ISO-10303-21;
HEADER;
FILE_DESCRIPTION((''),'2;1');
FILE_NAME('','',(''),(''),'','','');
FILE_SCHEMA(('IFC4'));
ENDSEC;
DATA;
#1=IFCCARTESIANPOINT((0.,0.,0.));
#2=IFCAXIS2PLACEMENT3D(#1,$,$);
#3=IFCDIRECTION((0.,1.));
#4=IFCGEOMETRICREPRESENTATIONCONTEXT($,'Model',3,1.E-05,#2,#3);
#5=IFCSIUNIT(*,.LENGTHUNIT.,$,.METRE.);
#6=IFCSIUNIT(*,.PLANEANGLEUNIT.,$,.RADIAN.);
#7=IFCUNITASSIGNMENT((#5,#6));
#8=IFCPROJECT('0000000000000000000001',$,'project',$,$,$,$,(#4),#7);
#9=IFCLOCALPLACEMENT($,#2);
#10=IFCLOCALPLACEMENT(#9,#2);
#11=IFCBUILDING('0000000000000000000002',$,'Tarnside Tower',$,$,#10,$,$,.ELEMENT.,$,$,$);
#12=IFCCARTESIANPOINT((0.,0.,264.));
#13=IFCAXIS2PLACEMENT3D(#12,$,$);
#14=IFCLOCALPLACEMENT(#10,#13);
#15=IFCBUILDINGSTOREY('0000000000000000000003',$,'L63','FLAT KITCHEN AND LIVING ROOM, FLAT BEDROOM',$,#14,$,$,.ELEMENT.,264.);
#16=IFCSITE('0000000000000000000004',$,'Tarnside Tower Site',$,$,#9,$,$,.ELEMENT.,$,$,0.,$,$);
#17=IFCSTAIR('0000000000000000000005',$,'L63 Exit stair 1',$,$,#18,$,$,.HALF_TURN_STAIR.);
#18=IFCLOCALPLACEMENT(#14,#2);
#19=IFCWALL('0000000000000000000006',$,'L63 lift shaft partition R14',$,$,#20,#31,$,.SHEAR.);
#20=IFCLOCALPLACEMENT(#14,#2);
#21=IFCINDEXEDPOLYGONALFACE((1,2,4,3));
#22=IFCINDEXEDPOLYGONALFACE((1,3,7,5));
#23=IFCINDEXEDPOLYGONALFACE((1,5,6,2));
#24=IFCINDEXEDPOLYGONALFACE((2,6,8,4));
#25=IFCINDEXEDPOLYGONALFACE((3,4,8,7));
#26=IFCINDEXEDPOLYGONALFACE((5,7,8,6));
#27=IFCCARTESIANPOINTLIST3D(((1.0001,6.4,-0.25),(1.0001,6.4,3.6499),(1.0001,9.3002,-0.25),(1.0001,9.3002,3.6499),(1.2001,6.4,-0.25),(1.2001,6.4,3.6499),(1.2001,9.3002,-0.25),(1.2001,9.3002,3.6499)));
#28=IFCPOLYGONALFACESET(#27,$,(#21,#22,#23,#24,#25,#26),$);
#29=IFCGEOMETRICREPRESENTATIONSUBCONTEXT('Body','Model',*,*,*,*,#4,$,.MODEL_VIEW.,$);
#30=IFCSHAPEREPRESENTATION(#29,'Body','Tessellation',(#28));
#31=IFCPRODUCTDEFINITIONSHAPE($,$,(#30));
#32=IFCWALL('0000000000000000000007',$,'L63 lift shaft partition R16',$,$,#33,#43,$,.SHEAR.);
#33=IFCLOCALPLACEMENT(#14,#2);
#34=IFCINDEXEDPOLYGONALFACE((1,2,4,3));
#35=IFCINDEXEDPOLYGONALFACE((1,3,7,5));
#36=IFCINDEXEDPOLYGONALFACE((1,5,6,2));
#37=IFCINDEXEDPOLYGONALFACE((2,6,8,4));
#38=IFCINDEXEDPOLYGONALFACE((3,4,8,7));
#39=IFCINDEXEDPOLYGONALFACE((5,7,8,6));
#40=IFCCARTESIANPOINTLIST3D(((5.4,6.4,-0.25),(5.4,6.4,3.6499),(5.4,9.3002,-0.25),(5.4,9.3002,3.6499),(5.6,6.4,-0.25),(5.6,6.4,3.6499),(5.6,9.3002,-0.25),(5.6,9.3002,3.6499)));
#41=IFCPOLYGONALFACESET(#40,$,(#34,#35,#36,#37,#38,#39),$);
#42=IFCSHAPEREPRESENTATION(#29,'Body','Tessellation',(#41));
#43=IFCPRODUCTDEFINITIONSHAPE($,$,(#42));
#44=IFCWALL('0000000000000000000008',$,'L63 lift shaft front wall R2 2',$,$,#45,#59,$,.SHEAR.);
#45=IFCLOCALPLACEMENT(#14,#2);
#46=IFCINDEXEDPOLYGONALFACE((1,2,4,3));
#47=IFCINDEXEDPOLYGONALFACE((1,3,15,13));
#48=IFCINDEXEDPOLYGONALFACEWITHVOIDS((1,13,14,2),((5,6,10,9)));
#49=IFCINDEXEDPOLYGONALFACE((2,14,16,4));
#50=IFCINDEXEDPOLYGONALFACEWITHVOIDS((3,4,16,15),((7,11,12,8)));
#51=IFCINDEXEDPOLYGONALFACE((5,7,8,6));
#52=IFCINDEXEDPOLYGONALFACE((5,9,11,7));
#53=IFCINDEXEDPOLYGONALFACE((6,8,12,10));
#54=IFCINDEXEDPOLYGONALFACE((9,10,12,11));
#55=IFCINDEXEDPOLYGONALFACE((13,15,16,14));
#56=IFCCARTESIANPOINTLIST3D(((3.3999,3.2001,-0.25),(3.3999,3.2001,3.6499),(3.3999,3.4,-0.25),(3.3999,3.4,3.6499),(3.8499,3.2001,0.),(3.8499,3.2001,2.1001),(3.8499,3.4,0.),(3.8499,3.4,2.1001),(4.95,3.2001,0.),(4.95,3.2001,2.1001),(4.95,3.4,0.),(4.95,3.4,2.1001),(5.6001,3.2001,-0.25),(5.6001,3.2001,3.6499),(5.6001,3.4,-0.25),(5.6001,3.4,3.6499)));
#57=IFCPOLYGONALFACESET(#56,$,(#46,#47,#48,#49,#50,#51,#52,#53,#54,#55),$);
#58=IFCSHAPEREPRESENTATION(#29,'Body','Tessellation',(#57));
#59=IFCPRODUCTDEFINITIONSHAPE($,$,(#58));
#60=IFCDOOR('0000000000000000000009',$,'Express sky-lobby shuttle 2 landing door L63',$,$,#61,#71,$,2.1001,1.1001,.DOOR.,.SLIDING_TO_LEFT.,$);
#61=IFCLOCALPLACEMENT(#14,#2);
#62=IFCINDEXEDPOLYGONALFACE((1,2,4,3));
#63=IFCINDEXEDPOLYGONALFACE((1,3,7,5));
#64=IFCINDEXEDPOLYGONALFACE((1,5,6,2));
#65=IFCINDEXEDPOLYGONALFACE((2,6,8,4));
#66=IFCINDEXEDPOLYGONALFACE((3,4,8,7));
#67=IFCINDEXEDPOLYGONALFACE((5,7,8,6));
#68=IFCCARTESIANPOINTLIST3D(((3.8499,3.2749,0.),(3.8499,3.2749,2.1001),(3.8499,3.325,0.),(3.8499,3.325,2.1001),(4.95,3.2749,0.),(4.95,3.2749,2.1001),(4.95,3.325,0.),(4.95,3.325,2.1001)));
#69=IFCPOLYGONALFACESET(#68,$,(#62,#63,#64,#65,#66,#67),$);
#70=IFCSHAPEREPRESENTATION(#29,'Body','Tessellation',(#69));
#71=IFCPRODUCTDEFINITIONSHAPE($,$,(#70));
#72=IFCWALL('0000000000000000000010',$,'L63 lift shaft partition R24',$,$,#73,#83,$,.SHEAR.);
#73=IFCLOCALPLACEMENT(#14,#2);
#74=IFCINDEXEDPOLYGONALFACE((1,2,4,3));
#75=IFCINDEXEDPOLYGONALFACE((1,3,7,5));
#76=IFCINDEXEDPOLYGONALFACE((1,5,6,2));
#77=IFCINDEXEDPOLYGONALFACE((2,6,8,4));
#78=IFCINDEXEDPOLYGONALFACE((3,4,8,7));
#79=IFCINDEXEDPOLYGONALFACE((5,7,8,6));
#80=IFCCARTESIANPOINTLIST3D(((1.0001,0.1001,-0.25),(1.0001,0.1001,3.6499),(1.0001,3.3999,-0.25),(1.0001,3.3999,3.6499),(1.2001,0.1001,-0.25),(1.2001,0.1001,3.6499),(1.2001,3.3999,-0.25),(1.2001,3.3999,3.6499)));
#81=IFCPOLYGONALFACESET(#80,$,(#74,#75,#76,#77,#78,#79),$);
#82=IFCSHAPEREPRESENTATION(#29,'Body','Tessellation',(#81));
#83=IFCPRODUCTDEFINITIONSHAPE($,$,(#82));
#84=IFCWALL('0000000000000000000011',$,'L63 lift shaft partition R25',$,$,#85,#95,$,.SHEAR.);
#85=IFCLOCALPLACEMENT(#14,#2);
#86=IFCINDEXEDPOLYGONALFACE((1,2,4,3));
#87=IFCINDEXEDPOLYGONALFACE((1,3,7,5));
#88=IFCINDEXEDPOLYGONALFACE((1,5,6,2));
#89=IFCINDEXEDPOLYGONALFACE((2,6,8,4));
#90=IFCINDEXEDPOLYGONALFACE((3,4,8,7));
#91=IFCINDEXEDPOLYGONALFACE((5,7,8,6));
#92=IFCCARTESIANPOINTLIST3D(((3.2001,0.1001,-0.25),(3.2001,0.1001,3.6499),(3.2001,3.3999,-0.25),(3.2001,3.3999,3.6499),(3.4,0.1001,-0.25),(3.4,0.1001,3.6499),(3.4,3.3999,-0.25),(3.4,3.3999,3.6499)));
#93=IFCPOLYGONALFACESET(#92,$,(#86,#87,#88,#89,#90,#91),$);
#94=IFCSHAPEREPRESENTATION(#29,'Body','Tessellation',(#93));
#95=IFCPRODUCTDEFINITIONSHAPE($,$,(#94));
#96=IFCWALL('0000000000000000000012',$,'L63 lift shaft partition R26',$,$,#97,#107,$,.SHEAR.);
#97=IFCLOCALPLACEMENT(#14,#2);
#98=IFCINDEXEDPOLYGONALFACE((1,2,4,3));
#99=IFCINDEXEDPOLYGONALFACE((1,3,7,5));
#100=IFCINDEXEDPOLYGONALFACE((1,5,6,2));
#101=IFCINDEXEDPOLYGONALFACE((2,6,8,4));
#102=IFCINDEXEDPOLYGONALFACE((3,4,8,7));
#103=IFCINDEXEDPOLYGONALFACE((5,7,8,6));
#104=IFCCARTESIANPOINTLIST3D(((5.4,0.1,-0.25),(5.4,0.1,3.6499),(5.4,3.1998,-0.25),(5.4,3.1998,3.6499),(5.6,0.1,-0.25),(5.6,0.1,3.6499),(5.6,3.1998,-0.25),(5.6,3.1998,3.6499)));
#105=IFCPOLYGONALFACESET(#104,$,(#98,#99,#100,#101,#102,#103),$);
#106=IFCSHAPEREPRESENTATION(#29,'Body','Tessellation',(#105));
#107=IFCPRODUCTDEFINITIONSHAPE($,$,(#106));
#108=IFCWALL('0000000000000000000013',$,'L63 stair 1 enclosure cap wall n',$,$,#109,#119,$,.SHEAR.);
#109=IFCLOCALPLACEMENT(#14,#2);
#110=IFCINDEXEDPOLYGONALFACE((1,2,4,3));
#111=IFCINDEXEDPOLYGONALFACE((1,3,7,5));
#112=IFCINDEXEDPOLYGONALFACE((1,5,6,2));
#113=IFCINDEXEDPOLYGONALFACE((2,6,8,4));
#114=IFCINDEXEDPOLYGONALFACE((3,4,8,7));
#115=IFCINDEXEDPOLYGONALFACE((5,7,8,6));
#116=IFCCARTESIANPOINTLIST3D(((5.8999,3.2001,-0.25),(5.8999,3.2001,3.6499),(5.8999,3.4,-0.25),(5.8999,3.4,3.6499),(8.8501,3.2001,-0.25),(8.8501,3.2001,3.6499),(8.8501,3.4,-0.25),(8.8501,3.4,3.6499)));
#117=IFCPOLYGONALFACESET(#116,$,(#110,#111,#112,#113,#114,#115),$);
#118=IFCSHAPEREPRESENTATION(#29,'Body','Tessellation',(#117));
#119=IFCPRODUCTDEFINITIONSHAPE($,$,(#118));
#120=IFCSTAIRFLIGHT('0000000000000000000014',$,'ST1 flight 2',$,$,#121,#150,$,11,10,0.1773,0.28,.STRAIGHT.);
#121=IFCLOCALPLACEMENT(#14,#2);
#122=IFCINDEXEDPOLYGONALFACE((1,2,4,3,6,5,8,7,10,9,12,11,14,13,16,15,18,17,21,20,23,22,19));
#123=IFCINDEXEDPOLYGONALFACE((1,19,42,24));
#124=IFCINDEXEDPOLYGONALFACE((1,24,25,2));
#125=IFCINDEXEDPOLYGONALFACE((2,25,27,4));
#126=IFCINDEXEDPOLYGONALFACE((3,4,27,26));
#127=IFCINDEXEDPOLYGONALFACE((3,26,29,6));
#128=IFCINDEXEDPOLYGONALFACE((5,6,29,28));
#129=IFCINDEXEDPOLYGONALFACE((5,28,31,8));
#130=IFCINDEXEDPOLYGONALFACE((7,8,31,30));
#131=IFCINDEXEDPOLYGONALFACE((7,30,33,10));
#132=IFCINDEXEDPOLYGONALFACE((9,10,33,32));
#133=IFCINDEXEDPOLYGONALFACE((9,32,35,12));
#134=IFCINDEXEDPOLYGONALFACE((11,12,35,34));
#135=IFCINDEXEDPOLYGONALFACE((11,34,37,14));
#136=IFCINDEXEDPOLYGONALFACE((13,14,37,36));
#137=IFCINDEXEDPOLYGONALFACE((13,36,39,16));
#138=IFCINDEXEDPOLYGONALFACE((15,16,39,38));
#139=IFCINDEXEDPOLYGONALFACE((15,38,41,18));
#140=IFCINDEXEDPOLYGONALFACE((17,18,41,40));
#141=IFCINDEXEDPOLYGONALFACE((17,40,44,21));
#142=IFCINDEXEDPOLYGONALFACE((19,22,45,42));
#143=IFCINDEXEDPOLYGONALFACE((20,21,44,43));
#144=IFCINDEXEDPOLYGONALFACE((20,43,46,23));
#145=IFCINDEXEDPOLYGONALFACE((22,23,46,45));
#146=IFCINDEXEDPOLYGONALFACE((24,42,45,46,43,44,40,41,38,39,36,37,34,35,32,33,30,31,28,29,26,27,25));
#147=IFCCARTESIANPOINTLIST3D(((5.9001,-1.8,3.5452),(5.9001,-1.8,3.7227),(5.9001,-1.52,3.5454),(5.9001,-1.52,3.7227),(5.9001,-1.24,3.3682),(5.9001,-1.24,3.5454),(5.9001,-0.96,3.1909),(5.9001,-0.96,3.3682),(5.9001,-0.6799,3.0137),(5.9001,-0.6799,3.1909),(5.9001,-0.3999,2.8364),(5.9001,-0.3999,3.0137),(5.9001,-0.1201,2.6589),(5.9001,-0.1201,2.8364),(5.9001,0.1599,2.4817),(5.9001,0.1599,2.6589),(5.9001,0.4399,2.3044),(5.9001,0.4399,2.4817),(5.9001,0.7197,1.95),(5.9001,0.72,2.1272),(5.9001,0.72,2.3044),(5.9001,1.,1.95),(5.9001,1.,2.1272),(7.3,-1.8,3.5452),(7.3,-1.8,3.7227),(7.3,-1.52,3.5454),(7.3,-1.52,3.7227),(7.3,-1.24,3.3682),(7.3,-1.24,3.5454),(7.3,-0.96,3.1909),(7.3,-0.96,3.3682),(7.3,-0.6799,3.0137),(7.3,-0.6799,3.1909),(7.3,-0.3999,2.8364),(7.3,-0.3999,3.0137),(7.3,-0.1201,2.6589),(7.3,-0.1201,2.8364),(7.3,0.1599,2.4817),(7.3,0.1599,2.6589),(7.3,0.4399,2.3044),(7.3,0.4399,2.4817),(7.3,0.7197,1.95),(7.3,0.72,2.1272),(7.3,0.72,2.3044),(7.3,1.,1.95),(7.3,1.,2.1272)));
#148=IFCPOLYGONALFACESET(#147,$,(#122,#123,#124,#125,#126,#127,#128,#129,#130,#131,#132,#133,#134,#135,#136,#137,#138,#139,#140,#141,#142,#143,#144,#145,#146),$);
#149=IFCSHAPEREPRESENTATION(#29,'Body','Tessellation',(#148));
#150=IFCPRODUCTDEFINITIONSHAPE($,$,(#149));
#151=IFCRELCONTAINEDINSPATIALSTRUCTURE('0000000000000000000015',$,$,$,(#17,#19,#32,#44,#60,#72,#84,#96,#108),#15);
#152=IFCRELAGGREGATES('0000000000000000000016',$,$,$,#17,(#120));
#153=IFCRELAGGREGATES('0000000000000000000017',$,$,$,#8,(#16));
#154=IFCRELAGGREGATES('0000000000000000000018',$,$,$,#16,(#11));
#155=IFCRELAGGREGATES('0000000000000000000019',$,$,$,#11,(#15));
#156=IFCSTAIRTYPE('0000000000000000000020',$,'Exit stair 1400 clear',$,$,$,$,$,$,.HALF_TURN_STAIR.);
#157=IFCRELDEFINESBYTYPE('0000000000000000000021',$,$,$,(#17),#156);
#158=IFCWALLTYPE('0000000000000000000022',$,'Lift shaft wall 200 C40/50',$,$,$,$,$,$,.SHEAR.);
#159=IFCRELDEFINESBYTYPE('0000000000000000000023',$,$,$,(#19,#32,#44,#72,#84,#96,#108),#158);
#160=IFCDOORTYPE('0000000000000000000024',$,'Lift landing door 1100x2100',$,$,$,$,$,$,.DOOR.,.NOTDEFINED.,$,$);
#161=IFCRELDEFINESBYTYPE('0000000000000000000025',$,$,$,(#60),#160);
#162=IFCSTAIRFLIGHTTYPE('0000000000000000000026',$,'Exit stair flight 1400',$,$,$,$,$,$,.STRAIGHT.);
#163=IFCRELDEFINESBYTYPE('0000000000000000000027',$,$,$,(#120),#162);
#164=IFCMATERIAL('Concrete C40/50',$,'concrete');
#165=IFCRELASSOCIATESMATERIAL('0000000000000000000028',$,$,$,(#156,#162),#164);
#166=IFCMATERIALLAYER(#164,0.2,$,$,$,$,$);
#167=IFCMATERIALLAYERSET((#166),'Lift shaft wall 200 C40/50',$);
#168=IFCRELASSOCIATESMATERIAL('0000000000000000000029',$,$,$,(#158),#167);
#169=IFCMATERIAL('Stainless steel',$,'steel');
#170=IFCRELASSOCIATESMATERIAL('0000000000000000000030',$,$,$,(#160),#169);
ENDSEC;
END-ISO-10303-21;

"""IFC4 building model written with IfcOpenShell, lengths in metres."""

from ifc_helpers import new_model, si_unit, direction, frame, frame_2d, origin, place, context, subcontext, project, spatial, polyline, rectangle, outline, extrude, material, layer, layer_set, type_object, element, fill, aggregate, save


model = new_model("IFC4")

# Units and contexts
model_context = context("Model", 3, precision=1e-05, world=origin(), true_north=direction((0.0, 1.0)))
body_context = subcontext(model_context, "Body", "Model", "MODEL_VIEW")
ifc_project = project(units=[si_unit("LENGTHUNIT", "METRE"), si_unit("PLANEANGLEUNIT", "RADIAN")], contexts=[model_context])

# Site, building, storey
site_placement = place(None, origin())
site = spatial("IfcSite", under=ifc_project, at=site_placement, Name="Tarnside Tower Site", CompositionType="ELEMENT", RefElevation=0.0)
building_placement = place(site_placement, origin())
building = spatial("IfcBuilding", under=site, at=building_placement, Name="Tarnside Tower", CompositionType="ELEMENT")
storey_placement = place(building_placement, frame((0.0, 0.0, 264.0)))
storey = spatial("IfcBuildingStorey", under=building, at=storey_placement, Name="L63", Description="FLAT KITCHEN AND LIVING ROOM, FLAT BEDROOM", CompositionType="ELEMENT", Elevation=264.0)

# Shared definitions
ifc_material_1 = material(Name="Concrete C40/50", Category="concrete")

# Stair
stair_type = type_object("IfcStairType", Name="Exit stair 1400 clear", PredefinedType="HALF_TURN_STAIR", material=ifc_material_1)
stair_1_placement = place(storey_placement, origin())
stair_1 = element("IfcStair", 1, at=stair_1_placement, inside=storey, type_object=stair_type, Name="L63 Exit stair 1", PredefinedType="HALF_TURN_STAIR")

# Walls
ifc_layer_1 = layer(ifc_material_1, 0.2)
ifc_layer_set_1 = layer_set([ifc_layer_1], Name="Lift shaft wall 200 C40/50")
wall_type_1 = type_object("IfcWallType", Name="Lift shaft wall 200 C40/50", PredefinedType="SHEAR", material=ifc_layer_set_1)
for number, where, z_axis, x_axis, name in (
    (2, (1.1001, 6.3999, -0.25), (0.0, 0.0, 1.0), (0.0, 1.0, 0.0), "L63 lift shaft partition R14"),
    (3, (5.5, 6.3999, -0.25), (0.0, 0.0, 1.0), (0.0, 1.0, 0.0), "L63 lift shaft partition R16"),
):
    element("IfcWall", number, at=place(storey_placement, frame(where, z_axis=z_axis, x_axis=x_axis)), inside=storey, type_object=wall_type_1, Name=name, PredefinedType="SHEAR", context=body_context, shape_type="SweptSolid", body=[
        extrude(rectangle(XDim=2.9001, YDim=0.2, at=frame_2d((1.4502, 0.0))), origin(), (0.0, 0.0, 1.0), 3.8999),
    ])

# Wall, opening, door
wall_1_placement = place(storey_placement, frame((3.3999, 3.3, -0.25), z_axis=(0.0, 0.0, 1.0), x_axis=(1.0, 0.0, 0.0)))
wall_1 = element("IfcWall", 4, at=wall_1_placement, inside=storey, type_object=wall_type_1, Name="L63 lift shaft front wall R2 2", PredefinedType="SHEAR", context=body_context, shape_type="SweptSolid", body=[
    extrude(rectangle(XDim=2.2002, YDim=0.2, at=frame_2d((1.1001, 0.0))), origin(), (0.0, 0.0, 1.0), 3.8999),
])
opening_1_placement = place(wall_1_placement, frame((0.45, 0.0, 0.25)))
opening_1 = element("IfcOpeningElement", 5, at=opening_1_placement, cuts=wall_1, PredefinedType="OPENING", context=body_context, shape_type="SweptSolid", body=[
    extrude(rectangle(XDim=1.1001, YDim=2.1001, at=frame_2d((0.55, 1.05))), frame((0.0, 0.1099, 0.0), z_axis=(0.0, -1.0, 0.0), x_axis=(1.0, 0.0, 0.0)), (0.0, 0.0, 1.0), 0.22),
])
ifc_material_2 = material(Name="Stainless steel", Category="steel")
door_type_1 = type_object("IfcDoorType", Name="Lift landing door 1100x2100", OperationType="NOTDEFINED", PredefinedType="DOOR", material=ifc_material_2)
door_1_placement = place(opening_1_placement, origin())
door_1 = element("IfcDoor", 6, at=door_1_placement, inside=storey, type_object=door_type_1, Name="Express sky-lobby shuttle 2 landing door L63", OperationType="SLIDING_TO_LEFT", OverallHeight=2.1001, OverallWidth=1.1001, PredefinedType="DOOR", context=body_context, shape_type="SweptSolid", body=[
    extrude(rectangle(XDim=1.1001, YDim=2.1001, at=frame_2d((0.55, 1.05))), frame((0.0, 0.0249, 0.0), z_axis=(0.0, -1.0, 0.0), x_axis=(1.0, 0.0, 0.0)), (0.0, 0.0, 1.0), 0.05),
])
fill(opening_1, door_1)

# Walls
for number, where, z_axis, x_axis, name in (
    (7, (1.1001, 0.1001, -0.25), (0.0, 0.0, 1.0), (0.0, 1.0, 0.0), "L63 lift shaft partition R24"),
    (8, (3.3, 0.1001, -0.25), (0.0, 0.0, 1.0), (0.0, 1.0, 0.0), "L63 lift shaft partition R25"),
):
    element("IfcWall", number, at=place(storey_placement, frame(where, z_axis=z_axis, x_axis=x_axis)), inside=storey, type_object=wall_type_1, Name=name, PredefinedType="SHEAR", context=body_context, shape_type="SweptSolid", body=[
        extrude(rectangle(XDim=3.2998, YDim=0.2, at=frame_2d((1.6499, 0.0))), origin(), (0.0, 0.0, 1.0), 3.8999),
    ])
wall_2_placement = place(storey_placement, frame((5.5, 0.1001, -0.25), z_axis=(0.0, 0.0, 1.0), x_axis=(0.0, 1.0, 0.0)))
element("IfcWall", 9, at=wall_2_placement, inside=storey, type_object=wall_type_1, Name="L63 lift shaft partition R26", PredefinedType="SHEAR", context=body_context, shape_type="SweptSolid", body=[
    extrude(rectangle(XDim=3.0999, YDim=0.2, at=frame_2d((1.5498, 0.0))), origin(), (0.0, 0.0, 1.0), 3.8999),
])
wall_3_placement = place(storey_placement, frame((5.8999, 3.3, -0.25), z_axis=(0.0, 0.0, 1.0), x_axis=(1.0, 0.0, 0.0)))
element("IfcWall", 10, at=wall_3_placement, inside=storey, type_object=wall_type_1, Name="L63 stair 1 enclosure cap wall n", PredefinedType="SHEAR", context=body_context, shape_type="SweptSolid", body=[
    extrude(rectangle(XDim=2.9502, YDim=0.2, at=frame_2d((1.4751, 0.0))), origin(), (0.0, 0.0, 1.0), 3.8999),
])

# Stair flight
stair_flight_type = type_object("IfcStairFlightType", Name="Exit stair flight 1400", PredefinedType="STRAIGHT", material=ifc_material_1)
stair_flight_placement = place(storey_placement, frame((6.6001, 1.0, 1.95), z_axis=(0.0, 0.0, 1.0), x_axis=(0.0, -1.0, 0.0)))
stair_flight = element("IfcStairFlight", 11, at=stair_flight_placement, type_object=stair_flight_type, Name="ST1 flight 2", NumberOfRisers=11, NumberOfTreads=10, PredefinedType="STRAIGHT", RiserHeight=0.1773, TreadLength=0.28, context=body_context, shape_type="SweptSolid", body=[
    extrude(outline(polyline([(0.0, 0.0), (0.0, 0.1772), (0.28, 0.1772), (0.28, 0.3545), (0.5601, 0.3545), (0.5601, 0.5317), (0.8401, 0.5317), (0.8401, 0.709), (1.1201, 0.709), (1.1201, 0.8865), (1.3999, 0.8865), (1.3999, 1.0637), (1.6799, 1.0637), (1.6799, 1.241), (1.96, 1.241), (1.96, 1.4182), (2.24, 1.4182), (2.24, 1.5955), (2.52, 1.5955), (2.52, 1.7727), (2.8, 1.7727), (2.8, 1.95), (2.8, 1.5952), (0.2803, 0.0), (0.0, 0.0)])), frame((0.0, 0.7, 0.0), z_axis=(0.0, -1.0, 0.0), x_axis=(1.0, 0.0, 0.0)), (0.0, 0.0, 1.0), 1.3999),
])
aggregate(stair_1, [stair_flight])

save(model, "model.ifc")
